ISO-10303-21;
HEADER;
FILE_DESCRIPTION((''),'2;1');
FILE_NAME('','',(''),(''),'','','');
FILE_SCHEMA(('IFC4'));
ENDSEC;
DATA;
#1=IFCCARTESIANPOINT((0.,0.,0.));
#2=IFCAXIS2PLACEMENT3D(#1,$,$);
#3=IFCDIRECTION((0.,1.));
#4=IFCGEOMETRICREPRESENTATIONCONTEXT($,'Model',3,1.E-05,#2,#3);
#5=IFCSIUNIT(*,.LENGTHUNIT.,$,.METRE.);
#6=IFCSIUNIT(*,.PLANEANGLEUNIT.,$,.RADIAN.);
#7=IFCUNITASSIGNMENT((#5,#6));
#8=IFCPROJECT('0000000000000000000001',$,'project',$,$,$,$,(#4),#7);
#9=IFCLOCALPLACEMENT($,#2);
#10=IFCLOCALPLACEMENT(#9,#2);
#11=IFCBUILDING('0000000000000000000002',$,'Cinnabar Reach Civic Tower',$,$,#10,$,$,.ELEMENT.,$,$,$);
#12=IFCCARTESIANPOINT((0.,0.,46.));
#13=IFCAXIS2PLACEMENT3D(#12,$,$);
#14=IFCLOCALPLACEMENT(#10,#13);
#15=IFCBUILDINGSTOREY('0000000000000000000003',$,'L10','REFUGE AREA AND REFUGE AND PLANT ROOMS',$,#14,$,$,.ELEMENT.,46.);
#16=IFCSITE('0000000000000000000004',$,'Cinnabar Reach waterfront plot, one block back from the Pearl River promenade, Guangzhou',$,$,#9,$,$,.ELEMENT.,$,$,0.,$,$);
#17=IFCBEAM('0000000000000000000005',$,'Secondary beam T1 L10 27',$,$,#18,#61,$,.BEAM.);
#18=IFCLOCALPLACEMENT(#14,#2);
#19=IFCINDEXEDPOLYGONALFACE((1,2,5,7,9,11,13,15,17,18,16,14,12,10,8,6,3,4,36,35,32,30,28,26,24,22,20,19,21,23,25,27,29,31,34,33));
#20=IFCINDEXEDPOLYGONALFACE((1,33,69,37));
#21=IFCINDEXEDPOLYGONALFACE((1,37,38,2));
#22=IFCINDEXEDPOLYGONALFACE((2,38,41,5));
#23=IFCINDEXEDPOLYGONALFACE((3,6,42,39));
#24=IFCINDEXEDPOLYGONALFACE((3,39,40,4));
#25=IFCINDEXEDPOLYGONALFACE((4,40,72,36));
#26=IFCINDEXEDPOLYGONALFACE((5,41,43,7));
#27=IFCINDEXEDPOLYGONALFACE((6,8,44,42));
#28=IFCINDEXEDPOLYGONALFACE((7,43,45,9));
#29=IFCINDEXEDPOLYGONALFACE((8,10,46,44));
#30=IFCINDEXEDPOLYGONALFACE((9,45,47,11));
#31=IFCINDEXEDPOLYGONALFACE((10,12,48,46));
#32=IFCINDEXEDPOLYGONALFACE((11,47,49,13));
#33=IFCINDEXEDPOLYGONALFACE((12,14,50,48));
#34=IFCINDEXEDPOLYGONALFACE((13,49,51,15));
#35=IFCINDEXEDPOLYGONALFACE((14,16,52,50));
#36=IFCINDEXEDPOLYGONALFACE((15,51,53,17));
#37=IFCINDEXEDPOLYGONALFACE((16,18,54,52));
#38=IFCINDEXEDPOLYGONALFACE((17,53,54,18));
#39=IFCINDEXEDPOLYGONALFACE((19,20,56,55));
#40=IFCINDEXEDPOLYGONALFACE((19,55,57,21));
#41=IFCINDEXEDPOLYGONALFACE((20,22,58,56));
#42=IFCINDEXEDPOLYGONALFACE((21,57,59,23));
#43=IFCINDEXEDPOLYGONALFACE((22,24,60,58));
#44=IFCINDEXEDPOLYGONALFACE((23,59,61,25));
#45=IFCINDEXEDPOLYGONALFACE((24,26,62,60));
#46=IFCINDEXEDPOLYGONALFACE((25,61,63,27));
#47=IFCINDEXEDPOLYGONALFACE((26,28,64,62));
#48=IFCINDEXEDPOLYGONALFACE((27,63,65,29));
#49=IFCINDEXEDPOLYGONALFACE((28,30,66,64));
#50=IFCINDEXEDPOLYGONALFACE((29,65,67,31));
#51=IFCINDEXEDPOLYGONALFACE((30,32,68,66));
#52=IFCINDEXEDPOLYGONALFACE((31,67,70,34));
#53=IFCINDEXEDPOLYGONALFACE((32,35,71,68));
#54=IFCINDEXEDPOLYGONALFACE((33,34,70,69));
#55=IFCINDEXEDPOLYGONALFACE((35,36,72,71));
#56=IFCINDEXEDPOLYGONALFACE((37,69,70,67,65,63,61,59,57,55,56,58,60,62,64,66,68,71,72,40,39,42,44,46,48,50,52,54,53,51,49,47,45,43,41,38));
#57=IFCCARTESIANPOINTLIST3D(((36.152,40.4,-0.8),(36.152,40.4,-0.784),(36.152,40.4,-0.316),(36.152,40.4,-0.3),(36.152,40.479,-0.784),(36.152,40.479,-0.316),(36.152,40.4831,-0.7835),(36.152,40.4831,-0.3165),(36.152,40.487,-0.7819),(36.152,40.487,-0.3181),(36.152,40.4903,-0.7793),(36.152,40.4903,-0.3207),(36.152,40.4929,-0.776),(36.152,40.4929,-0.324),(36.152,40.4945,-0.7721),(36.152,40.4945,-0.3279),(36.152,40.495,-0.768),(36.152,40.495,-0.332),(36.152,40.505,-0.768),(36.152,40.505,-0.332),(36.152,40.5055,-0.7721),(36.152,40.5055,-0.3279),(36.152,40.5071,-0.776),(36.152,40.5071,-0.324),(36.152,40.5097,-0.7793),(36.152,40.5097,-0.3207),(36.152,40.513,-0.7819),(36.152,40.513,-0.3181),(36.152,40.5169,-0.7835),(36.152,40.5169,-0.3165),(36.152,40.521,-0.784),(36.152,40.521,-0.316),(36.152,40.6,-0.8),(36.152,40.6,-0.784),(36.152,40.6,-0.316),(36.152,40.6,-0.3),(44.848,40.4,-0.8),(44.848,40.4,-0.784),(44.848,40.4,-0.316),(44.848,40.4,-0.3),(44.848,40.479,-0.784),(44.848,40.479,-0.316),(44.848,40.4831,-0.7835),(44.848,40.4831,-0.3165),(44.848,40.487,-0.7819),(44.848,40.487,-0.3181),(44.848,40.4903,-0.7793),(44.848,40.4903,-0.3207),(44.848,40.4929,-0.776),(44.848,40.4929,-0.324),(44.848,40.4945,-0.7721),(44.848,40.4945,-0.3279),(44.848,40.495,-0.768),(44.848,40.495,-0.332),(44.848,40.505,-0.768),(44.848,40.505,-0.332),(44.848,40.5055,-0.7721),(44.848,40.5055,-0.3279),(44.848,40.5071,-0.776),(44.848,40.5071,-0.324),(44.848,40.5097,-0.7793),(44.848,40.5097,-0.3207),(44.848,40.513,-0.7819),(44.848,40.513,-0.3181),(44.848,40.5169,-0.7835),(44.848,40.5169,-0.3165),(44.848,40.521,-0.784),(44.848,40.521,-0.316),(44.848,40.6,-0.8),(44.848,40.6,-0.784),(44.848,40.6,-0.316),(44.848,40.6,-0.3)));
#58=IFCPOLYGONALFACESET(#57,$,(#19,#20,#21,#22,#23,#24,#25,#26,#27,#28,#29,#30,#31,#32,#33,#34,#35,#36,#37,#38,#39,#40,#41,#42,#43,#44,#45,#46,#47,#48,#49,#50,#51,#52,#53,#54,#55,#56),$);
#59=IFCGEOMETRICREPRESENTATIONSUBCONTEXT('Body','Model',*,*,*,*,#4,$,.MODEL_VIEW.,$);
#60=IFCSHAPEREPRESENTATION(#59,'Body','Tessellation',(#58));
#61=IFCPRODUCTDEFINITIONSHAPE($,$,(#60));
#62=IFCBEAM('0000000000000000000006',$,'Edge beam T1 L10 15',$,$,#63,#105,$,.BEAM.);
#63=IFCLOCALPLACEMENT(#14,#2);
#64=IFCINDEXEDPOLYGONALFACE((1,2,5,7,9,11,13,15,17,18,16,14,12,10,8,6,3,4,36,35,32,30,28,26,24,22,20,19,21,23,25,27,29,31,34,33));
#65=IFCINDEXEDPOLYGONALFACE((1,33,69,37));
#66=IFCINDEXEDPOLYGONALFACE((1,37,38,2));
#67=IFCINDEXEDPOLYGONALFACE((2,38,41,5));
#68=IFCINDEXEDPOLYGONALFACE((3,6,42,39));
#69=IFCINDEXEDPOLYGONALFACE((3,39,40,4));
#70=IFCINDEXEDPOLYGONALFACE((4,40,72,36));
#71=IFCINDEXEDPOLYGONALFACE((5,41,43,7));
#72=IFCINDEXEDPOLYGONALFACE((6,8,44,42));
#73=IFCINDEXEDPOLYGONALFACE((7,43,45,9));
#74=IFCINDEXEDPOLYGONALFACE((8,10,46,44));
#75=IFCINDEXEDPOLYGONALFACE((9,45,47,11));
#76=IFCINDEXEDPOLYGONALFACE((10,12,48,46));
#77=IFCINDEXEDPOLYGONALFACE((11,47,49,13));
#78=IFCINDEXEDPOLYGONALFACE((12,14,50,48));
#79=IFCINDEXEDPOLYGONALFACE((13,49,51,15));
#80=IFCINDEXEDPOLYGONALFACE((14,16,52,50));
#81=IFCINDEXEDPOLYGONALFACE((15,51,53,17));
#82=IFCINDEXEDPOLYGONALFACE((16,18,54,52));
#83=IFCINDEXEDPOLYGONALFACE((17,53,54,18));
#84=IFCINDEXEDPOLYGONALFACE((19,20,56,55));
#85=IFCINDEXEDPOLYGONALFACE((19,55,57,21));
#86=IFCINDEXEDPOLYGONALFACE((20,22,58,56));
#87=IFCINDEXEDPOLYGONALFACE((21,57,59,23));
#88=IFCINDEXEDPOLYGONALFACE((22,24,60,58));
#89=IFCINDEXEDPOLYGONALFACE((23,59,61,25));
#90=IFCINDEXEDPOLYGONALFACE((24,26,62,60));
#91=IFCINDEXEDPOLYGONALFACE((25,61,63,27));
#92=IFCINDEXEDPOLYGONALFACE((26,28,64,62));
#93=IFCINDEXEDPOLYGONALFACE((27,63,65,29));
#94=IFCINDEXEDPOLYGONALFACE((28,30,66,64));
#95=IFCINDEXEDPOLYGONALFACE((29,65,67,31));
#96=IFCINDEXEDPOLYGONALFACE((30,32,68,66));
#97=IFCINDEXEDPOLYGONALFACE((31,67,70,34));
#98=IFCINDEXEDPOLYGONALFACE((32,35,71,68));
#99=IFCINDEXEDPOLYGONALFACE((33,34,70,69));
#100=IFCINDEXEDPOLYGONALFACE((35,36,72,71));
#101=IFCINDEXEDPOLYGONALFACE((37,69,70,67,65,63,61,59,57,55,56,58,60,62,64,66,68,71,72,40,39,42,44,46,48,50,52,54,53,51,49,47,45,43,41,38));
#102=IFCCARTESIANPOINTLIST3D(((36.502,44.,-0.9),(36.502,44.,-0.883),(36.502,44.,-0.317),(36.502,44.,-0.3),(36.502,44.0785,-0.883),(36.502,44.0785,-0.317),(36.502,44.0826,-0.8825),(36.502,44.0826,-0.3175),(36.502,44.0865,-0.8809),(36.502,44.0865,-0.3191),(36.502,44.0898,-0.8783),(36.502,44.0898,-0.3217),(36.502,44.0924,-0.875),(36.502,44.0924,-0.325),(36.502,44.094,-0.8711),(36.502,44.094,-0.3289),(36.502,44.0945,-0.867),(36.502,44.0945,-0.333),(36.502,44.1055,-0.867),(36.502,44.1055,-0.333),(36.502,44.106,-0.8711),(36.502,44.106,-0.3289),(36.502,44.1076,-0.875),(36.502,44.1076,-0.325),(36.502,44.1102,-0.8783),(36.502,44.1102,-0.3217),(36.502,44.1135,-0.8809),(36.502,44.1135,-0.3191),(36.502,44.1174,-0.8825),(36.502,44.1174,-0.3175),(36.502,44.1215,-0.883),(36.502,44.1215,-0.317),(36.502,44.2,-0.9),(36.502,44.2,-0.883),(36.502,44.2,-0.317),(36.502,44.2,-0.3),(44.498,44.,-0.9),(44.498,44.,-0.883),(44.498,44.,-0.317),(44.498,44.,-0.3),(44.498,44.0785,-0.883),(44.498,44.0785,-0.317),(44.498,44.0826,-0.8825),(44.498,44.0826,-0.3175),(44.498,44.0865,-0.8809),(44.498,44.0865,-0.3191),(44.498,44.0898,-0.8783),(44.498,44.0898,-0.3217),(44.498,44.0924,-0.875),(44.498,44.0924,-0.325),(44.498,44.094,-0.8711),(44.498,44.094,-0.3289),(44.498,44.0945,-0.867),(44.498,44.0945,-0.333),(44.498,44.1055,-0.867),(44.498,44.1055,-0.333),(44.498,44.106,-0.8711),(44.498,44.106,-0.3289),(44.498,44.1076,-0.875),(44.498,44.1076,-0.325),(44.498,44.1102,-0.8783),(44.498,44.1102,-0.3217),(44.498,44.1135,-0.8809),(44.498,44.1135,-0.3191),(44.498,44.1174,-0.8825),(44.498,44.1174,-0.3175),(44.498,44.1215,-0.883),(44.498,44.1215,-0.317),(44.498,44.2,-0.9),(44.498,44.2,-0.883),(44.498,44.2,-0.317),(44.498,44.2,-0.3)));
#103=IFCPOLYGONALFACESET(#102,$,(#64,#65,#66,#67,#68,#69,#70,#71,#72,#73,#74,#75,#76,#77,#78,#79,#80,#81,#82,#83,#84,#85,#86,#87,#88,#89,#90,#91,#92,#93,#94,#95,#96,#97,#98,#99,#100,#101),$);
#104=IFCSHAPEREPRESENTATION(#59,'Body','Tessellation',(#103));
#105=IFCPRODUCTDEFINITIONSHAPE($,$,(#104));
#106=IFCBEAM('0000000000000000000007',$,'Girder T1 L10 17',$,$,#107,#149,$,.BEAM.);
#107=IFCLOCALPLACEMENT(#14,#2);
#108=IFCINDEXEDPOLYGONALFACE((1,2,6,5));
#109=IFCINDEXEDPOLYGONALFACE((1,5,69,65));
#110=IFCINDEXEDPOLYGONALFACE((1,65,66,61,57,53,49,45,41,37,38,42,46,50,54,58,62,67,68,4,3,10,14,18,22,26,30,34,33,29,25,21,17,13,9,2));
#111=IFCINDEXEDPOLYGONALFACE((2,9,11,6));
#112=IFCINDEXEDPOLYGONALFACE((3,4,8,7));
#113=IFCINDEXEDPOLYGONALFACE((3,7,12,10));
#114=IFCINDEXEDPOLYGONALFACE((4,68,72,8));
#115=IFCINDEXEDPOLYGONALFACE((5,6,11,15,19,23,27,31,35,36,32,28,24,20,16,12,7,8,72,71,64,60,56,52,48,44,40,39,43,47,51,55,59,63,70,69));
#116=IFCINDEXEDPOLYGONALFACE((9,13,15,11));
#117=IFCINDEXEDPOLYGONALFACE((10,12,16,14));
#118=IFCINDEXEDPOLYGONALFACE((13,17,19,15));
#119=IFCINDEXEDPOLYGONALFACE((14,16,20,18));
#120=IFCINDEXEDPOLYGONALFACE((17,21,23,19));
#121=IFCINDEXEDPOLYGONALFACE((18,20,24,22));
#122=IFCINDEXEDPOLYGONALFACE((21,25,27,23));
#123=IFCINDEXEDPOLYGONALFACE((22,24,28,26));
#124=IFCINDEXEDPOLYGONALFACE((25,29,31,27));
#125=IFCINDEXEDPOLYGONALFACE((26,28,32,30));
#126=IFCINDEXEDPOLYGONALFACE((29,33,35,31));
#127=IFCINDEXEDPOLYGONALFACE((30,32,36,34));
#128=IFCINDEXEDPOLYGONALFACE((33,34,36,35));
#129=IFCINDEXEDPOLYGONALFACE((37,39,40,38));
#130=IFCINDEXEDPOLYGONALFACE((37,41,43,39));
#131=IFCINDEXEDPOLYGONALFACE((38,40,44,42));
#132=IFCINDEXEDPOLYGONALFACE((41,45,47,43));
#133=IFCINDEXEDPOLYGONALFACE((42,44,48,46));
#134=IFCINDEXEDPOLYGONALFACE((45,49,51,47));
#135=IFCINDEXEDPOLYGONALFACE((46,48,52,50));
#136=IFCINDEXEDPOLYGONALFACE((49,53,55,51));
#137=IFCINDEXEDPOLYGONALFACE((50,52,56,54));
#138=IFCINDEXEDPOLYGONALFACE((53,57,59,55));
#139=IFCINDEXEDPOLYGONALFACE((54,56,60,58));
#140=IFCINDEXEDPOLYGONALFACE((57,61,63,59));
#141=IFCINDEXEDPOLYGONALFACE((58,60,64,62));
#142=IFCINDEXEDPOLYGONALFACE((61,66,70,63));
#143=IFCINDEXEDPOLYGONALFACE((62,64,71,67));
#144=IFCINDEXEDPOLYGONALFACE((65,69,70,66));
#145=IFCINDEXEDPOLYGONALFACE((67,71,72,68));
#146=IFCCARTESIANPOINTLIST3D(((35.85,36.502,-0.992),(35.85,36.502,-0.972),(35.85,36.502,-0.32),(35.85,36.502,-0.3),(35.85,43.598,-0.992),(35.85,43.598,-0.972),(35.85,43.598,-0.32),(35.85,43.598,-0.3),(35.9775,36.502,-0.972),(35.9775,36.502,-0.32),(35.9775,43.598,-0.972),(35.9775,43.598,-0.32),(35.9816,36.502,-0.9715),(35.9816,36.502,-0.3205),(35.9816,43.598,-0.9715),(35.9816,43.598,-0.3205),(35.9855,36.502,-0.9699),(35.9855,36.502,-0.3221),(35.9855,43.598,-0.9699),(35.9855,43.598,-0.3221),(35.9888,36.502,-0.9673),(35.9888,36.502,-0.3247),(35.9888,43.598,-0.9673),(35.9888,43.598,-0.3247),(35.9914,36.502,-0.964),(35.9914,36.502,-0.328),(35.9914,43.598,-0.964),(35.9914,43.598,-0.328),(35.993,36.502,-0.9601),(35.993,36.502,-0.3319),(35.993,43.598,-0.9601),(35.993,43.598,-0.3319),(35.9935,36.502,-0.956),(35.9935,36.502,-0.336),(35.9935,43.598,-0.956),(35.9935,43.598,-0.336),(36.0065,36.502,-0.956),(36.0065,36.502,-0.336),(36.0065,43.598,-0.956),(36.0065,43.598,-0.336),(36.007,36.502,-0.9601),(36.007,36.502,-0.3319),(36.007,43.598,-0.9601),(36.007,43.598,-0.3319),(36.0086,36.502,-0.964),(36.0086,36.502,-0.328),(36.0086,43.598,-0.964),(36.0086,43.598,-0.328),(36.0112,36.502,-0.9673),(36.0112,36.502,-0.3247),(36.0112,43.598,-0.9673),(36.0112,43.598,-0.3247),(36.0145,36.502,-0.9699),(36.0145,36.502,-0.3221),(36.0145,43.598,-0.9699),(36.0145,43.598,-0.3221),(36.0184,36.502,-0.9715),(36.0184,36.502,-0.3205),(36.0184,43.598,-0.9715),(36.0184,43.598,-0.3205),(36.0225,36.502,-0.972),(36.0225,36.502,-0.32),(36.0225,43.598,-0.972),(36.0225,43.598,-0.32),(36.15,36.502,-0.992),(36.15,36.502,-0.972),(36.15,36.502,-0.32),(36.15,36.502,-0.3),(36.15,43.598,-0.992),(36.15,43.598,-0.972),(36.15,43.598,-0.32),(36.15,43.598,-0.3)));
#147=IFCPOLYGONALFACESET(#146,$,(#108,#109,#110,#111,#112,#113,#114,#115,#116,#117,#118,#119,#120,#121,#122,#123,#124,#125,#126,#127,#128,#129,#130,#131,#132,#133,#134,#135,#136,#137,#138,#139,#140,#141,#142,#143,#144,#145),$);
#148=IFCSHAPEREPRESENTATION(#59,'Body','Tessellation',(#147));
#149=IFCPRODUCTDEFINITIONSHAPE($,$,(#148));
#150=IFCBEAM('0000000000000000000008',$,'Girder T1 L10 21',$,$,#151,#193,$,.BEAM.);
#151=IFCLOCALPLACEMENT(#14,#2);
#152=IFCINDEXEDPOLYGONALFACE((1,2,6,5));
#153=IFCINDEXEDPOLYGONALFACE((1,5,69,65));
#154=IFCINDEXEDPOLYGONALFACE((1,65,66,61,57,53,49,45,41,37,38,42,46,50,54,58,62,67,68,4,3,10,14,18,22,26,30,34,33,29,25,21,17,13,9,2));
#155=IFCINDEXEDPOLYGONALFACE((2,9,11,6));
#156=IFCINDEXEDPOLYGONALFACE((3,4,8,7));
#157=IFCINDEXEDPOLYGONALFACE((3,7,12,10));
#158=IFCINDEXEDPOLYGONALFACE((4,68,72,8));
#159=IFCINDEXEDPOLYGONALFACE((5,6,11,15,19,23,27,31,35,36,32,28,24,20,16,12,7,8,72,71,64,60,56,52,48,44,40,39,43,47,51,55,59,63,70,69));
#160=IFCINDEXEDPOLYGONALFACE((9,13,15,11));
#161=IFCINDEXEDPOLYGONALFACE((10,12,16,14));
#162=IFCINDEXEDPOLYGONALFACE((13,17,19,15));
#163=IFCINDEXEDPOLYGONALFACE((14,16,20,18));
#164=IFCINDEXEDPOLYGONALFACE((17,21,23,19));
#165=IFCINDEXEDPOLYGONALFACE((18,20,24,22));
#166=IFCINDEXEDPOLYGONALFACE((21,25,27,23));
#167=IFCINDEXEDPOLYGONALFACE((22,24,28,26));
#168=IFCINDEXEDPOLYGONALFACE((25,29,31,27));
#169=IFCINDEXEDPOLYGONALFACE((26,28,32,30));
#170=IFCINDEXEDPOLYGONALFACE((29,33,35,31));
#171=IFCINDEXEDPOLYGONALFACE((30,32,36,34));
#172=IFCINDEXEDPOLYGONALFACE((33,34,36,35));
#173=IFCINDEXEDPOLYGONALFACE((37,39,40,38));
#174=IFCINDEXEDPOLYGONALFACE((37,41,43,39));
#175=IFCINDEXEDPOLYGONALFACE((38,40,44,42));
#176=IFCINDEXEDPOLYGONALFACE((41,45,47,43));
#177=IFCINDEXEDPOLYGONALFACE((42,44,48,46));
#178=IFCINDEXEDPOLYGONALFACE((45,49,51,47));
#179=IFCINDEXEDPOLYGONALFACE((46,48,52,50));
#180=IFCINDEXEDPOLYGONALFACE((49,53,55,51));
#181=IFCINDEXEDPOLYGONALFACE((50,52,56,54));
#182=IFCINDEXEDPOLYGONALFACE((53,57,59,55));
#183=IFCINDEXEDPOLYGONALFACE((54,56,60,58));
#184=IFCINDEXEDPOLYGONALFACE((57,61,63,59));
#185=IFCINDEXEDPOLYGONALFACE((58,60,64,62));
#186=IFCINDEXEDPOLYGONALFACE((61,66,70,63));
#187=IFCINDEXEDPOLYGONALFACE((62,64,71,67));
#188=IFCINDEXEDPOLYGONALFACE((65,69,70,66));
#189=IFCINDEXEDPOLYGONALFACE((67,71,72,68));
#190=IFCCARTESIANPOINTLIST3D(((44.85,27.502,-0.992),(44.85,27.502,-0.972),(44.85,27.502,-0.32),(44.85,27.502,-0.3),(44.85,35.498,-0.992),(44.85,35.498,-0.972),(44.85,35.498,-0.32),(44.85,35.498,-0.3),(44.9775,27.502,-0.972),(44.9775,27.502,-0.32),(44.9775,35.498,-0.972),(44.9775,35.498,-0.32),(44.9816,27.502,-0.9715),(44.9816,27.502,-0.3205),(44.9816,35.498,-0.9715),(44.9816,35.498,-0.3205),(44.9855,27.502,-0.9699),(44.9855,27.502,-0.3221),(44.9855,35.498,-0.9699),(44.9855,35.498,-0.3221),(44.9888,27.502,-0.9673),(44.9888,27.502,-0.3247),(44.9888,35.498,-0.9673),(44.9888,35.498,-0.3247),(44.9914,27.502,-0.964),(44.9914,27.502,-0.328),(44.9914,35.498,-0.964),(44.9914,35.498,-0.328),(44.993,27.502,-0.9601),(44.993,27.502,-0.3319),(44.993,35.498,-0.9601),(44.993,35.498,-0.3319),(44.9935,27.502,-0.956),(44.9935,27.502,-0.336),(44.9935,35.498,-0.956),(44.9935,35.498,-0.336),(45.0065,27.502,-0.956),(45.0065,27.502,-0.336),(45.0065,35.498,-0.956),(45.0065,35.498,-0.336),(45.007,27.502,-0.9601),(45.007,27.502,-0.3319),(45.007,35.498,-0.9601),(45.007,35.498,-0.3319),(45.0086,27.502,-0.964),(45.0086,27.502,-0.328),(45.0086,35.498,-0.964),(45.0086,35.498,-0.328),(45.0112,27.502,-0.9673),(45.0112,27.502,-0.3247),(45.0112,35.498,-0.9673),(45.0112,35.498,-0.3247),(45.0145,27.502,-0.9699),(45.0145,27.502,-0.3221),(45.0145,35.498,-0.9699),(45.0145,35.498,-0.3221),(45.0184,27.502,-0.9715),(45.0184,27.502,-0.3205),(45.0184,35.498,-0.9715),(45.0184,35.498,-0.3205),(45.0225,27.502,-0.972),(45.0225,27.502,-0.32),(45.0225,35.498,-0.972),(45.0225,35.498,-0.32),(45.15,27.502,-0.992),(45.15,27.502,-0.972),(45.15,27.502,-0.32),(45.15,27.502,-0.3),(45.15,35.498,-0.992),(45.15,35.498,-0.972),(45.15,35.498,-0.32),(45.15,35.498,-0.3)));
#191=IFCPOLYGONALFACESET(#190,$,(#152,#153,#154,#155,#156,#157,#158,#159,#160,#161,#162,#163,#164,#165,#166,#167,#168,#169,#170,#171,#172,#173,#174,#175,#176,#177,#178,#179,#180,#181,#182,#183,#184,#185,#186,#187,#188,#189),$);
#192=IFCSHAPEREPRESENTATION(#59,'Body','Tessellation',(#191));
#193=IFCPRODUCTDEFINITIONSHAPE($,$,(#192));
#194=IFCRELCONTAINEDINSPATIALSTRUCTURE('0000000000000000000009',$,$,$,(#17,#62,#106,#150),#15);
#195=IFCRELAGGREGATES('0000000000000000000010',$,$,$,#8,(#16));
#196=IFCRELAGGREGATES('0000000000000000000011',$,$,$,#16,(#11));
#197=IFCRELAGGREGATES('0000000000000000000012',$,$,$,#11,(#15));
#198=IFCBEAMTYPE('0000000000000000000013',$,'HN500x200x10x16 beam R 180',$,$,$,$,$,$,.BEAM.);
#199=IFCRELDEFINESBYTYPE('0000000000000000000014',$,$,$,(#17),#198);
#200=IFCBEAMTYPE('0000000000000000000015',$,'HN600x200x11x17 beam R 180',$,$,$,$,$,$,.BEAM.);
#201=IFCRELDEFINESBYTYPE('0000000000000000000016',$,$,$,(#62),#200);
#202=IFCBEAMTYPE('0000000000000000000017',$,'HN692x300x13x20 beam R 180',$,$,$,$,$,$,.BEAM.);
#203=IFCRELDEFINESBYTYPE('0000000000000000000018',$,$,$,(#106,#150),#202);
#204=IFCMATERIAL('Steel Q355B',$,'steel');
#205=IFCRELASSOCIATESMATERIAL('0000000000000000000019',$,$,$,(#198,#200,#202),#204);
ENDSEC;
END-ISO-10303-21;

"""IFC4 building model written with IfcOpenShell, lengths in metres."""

from ifc_helpers import new_model, si_unit, direction, frame, origin, origin_2d, place, context, subcontext, project, spatial, i_section, extrude, material, material_profile, profile_set, type_object, element, save


model = new_model("IFC4")

# Units and contexts
model_context = context("Model", 3, precision=1e-05, world=origin(), true_north=direction((0.0, 1.0)))
body_context = subcontext(model_context, "Body", "Model", "MODEL_VIEW")
ifc_project = project(units=[si_unit("LENGTHUNIT", "METRE"), si_unit("PLANEANGLEUNIT", "RADIAN")], contexts=[model_context])

# Site, building, storey
site_placement = place(None, origin())
site = spatial("IfcSite", under=ifc_project, at=site_placement, Name="Cinnabar Reach waterfront plot, one block back from the Pearl River promenade, Guangzhou", CompositionType="ELEMENT", RefElevation=0.0)
building_placement = place(site_placement, origin())
building = spatial("IfcBuilding", under=site, at=building_placement, Name="Cinnabar Reach Civic Tower", CompositionType="ELEMENT")
storey_placement = place(building_placement, frame((0.0, 0.0, 46.0)))
storey = spatial("IfcBuildingStorey", under=building, at=storey_placement, Name="L10", Description="REFUGE AREA AND REFUGE AND PLANT ROOMS", CompositionType="ELEMENT", Elevation=46.0)

# Shared definitions
ifc_material_1 = material(Name="Steel Q355B", Category="steel")

# Beams
ifc_material_profile_1 = material_profile(ifc_material_1, i_section(OverallWidth=0.2, OverallDepth=0.5, WebThickness=0.01, FlangeThickness=0.016, FilletRadius=0.016, at=origin_2d()), Name="HN500x200x10x16")
ifc_profile_set_1 = profile_set([ifc_material_profile_1], Name="Steel Q355B")
beam_type_1 = type_object("IfcBeamType", Name="HN500x200x10x16 beam R 180", PredefinedType="BEAM", material=ifc_profile_set_1)
beam_1_placement = place(storey_placement, frame((36.152, 40.5, -0.55), z_axis=(1.0, 0.0, 0.0), x_axis=(0.0, 1.0, 0.0)))
element("IfcBeam", 1, at=beam_1_placement, inside=storey, type_object=beam_type_1, Name="Secondary beam T1 L10 27", PredefinedType="BEAM", context=body_context, shape_type="SweptSolid", body=[
    extrude(i_section(OverallWidth=0.2, OverallDepth=0.5, WebThickness=0.01, FlangeThickness=0.016, FilletRadius=0.016, at=origin_2d()), origin(), (0.0, 0.0, 1.0), 8.696),
])
ifc_material_profile_2 = material_profile(ifc_material_1, i_section(OverallWidth=0.2, OverallDepth=0.6, WebThickness=0.011, FlangeThickness=0.017, FilletRadius=0.016, at=origin_2d()), Name="HN600x200x11x17")
ifc_profile_set_2 = profile_set([ifc_material_profile_2], Name="Steel Q355B")
beam_type_2 = type_object("IfcBeamType", Name="HN600x200x11x17 beam R 180", PredefinedType="BEAM", material=ifc_profile_set_2)
beam_2_placement = place(storey_placement, frame((44.498, 44.1, -0.6), z_axis=(-1.0, 0.0, 0.0), x_axis=(0.0, -1.0, 0.0)))
element("IfcBeam", 2, at=beam_2_placement, inside=storey, type_object=beam_type_2, Name="Edge beam T1 L10 15", PredefinedType="BEAM", context=body_context, shape_type="SweptSolid", body=[
    extrude(i_section(OverallWidth=0.2, OverallDepth=0.6, WebThickness=0.011, FlangeThickness=0.017, FilletRadius=0.016, at=origin_2d()), origin(), (0.0, 0.0, 1.0), 7.996),
])
ifc_material_profile_3 = material_profile(ifc_material_1, i_section(OverallWidth=0.3, OverallDepth=0.692, WebThickness=0.013, FlangeThickness=0.02, FilletRadius=0.016, at=origin_2d()), Name="HN692x300x13x20")
ifc_profile_set_3 = profile_set([ifc_material_profile_3], Name="Steel Q355B")
beam_type_3 = type_object("IfcBeamType", Name="HN692x300x13x20 beam R 180", PredefinedType="BEAM", material=ifc_profile_set_3)
beam_3_placement = place(storey_placement, frame((36.0, 36.502, -0.646), z_axis=(0.0, 1.0, 0.0), x_axis=(-1.0, 0.0, 0.0)))
element("IfcBeam", 3, at=beam_3_placement, inside=storey, type_object=beam_type_3, Name="Girder T1 L10 17", PredefinedType="BEAM", context=body_context, shape_type="SweptSolid", body=[
    extrude(i_section(OverallWidth=0.3, OverallDepth=0.692, WebThickness=0.013, FlangeThickness=0.02, FilletRadius=0.016, at=origin_2d()), origin(), (0.0, 0.0, 1.0), 7.096),
])
beam_4_placement = place(storey_placement, frame((45.0, 27.502, -0.646), z_axis=(0.0, 1.0, 0.0), x_axis=(-1.0, 0.0, 0.0)))
element("IfcBeam", 4, at=beam_4_placement, inside=storey, type_object=beam_type_3, Name="Girder T1 L10 21", PredefinedType="BEAM", context=body_context, shape_type="SweptSolid", body=[
    extrude(i_section(OverallWidth=0.3, OverallDepth=0.692, WebThickness=0.013, FlangeThickness=0.02, FilletRadius=0.016, at=origin_2d()), origin(), (0.0, 0.0, 1.0), 7.996),
])

save(model, "model.ifc")
